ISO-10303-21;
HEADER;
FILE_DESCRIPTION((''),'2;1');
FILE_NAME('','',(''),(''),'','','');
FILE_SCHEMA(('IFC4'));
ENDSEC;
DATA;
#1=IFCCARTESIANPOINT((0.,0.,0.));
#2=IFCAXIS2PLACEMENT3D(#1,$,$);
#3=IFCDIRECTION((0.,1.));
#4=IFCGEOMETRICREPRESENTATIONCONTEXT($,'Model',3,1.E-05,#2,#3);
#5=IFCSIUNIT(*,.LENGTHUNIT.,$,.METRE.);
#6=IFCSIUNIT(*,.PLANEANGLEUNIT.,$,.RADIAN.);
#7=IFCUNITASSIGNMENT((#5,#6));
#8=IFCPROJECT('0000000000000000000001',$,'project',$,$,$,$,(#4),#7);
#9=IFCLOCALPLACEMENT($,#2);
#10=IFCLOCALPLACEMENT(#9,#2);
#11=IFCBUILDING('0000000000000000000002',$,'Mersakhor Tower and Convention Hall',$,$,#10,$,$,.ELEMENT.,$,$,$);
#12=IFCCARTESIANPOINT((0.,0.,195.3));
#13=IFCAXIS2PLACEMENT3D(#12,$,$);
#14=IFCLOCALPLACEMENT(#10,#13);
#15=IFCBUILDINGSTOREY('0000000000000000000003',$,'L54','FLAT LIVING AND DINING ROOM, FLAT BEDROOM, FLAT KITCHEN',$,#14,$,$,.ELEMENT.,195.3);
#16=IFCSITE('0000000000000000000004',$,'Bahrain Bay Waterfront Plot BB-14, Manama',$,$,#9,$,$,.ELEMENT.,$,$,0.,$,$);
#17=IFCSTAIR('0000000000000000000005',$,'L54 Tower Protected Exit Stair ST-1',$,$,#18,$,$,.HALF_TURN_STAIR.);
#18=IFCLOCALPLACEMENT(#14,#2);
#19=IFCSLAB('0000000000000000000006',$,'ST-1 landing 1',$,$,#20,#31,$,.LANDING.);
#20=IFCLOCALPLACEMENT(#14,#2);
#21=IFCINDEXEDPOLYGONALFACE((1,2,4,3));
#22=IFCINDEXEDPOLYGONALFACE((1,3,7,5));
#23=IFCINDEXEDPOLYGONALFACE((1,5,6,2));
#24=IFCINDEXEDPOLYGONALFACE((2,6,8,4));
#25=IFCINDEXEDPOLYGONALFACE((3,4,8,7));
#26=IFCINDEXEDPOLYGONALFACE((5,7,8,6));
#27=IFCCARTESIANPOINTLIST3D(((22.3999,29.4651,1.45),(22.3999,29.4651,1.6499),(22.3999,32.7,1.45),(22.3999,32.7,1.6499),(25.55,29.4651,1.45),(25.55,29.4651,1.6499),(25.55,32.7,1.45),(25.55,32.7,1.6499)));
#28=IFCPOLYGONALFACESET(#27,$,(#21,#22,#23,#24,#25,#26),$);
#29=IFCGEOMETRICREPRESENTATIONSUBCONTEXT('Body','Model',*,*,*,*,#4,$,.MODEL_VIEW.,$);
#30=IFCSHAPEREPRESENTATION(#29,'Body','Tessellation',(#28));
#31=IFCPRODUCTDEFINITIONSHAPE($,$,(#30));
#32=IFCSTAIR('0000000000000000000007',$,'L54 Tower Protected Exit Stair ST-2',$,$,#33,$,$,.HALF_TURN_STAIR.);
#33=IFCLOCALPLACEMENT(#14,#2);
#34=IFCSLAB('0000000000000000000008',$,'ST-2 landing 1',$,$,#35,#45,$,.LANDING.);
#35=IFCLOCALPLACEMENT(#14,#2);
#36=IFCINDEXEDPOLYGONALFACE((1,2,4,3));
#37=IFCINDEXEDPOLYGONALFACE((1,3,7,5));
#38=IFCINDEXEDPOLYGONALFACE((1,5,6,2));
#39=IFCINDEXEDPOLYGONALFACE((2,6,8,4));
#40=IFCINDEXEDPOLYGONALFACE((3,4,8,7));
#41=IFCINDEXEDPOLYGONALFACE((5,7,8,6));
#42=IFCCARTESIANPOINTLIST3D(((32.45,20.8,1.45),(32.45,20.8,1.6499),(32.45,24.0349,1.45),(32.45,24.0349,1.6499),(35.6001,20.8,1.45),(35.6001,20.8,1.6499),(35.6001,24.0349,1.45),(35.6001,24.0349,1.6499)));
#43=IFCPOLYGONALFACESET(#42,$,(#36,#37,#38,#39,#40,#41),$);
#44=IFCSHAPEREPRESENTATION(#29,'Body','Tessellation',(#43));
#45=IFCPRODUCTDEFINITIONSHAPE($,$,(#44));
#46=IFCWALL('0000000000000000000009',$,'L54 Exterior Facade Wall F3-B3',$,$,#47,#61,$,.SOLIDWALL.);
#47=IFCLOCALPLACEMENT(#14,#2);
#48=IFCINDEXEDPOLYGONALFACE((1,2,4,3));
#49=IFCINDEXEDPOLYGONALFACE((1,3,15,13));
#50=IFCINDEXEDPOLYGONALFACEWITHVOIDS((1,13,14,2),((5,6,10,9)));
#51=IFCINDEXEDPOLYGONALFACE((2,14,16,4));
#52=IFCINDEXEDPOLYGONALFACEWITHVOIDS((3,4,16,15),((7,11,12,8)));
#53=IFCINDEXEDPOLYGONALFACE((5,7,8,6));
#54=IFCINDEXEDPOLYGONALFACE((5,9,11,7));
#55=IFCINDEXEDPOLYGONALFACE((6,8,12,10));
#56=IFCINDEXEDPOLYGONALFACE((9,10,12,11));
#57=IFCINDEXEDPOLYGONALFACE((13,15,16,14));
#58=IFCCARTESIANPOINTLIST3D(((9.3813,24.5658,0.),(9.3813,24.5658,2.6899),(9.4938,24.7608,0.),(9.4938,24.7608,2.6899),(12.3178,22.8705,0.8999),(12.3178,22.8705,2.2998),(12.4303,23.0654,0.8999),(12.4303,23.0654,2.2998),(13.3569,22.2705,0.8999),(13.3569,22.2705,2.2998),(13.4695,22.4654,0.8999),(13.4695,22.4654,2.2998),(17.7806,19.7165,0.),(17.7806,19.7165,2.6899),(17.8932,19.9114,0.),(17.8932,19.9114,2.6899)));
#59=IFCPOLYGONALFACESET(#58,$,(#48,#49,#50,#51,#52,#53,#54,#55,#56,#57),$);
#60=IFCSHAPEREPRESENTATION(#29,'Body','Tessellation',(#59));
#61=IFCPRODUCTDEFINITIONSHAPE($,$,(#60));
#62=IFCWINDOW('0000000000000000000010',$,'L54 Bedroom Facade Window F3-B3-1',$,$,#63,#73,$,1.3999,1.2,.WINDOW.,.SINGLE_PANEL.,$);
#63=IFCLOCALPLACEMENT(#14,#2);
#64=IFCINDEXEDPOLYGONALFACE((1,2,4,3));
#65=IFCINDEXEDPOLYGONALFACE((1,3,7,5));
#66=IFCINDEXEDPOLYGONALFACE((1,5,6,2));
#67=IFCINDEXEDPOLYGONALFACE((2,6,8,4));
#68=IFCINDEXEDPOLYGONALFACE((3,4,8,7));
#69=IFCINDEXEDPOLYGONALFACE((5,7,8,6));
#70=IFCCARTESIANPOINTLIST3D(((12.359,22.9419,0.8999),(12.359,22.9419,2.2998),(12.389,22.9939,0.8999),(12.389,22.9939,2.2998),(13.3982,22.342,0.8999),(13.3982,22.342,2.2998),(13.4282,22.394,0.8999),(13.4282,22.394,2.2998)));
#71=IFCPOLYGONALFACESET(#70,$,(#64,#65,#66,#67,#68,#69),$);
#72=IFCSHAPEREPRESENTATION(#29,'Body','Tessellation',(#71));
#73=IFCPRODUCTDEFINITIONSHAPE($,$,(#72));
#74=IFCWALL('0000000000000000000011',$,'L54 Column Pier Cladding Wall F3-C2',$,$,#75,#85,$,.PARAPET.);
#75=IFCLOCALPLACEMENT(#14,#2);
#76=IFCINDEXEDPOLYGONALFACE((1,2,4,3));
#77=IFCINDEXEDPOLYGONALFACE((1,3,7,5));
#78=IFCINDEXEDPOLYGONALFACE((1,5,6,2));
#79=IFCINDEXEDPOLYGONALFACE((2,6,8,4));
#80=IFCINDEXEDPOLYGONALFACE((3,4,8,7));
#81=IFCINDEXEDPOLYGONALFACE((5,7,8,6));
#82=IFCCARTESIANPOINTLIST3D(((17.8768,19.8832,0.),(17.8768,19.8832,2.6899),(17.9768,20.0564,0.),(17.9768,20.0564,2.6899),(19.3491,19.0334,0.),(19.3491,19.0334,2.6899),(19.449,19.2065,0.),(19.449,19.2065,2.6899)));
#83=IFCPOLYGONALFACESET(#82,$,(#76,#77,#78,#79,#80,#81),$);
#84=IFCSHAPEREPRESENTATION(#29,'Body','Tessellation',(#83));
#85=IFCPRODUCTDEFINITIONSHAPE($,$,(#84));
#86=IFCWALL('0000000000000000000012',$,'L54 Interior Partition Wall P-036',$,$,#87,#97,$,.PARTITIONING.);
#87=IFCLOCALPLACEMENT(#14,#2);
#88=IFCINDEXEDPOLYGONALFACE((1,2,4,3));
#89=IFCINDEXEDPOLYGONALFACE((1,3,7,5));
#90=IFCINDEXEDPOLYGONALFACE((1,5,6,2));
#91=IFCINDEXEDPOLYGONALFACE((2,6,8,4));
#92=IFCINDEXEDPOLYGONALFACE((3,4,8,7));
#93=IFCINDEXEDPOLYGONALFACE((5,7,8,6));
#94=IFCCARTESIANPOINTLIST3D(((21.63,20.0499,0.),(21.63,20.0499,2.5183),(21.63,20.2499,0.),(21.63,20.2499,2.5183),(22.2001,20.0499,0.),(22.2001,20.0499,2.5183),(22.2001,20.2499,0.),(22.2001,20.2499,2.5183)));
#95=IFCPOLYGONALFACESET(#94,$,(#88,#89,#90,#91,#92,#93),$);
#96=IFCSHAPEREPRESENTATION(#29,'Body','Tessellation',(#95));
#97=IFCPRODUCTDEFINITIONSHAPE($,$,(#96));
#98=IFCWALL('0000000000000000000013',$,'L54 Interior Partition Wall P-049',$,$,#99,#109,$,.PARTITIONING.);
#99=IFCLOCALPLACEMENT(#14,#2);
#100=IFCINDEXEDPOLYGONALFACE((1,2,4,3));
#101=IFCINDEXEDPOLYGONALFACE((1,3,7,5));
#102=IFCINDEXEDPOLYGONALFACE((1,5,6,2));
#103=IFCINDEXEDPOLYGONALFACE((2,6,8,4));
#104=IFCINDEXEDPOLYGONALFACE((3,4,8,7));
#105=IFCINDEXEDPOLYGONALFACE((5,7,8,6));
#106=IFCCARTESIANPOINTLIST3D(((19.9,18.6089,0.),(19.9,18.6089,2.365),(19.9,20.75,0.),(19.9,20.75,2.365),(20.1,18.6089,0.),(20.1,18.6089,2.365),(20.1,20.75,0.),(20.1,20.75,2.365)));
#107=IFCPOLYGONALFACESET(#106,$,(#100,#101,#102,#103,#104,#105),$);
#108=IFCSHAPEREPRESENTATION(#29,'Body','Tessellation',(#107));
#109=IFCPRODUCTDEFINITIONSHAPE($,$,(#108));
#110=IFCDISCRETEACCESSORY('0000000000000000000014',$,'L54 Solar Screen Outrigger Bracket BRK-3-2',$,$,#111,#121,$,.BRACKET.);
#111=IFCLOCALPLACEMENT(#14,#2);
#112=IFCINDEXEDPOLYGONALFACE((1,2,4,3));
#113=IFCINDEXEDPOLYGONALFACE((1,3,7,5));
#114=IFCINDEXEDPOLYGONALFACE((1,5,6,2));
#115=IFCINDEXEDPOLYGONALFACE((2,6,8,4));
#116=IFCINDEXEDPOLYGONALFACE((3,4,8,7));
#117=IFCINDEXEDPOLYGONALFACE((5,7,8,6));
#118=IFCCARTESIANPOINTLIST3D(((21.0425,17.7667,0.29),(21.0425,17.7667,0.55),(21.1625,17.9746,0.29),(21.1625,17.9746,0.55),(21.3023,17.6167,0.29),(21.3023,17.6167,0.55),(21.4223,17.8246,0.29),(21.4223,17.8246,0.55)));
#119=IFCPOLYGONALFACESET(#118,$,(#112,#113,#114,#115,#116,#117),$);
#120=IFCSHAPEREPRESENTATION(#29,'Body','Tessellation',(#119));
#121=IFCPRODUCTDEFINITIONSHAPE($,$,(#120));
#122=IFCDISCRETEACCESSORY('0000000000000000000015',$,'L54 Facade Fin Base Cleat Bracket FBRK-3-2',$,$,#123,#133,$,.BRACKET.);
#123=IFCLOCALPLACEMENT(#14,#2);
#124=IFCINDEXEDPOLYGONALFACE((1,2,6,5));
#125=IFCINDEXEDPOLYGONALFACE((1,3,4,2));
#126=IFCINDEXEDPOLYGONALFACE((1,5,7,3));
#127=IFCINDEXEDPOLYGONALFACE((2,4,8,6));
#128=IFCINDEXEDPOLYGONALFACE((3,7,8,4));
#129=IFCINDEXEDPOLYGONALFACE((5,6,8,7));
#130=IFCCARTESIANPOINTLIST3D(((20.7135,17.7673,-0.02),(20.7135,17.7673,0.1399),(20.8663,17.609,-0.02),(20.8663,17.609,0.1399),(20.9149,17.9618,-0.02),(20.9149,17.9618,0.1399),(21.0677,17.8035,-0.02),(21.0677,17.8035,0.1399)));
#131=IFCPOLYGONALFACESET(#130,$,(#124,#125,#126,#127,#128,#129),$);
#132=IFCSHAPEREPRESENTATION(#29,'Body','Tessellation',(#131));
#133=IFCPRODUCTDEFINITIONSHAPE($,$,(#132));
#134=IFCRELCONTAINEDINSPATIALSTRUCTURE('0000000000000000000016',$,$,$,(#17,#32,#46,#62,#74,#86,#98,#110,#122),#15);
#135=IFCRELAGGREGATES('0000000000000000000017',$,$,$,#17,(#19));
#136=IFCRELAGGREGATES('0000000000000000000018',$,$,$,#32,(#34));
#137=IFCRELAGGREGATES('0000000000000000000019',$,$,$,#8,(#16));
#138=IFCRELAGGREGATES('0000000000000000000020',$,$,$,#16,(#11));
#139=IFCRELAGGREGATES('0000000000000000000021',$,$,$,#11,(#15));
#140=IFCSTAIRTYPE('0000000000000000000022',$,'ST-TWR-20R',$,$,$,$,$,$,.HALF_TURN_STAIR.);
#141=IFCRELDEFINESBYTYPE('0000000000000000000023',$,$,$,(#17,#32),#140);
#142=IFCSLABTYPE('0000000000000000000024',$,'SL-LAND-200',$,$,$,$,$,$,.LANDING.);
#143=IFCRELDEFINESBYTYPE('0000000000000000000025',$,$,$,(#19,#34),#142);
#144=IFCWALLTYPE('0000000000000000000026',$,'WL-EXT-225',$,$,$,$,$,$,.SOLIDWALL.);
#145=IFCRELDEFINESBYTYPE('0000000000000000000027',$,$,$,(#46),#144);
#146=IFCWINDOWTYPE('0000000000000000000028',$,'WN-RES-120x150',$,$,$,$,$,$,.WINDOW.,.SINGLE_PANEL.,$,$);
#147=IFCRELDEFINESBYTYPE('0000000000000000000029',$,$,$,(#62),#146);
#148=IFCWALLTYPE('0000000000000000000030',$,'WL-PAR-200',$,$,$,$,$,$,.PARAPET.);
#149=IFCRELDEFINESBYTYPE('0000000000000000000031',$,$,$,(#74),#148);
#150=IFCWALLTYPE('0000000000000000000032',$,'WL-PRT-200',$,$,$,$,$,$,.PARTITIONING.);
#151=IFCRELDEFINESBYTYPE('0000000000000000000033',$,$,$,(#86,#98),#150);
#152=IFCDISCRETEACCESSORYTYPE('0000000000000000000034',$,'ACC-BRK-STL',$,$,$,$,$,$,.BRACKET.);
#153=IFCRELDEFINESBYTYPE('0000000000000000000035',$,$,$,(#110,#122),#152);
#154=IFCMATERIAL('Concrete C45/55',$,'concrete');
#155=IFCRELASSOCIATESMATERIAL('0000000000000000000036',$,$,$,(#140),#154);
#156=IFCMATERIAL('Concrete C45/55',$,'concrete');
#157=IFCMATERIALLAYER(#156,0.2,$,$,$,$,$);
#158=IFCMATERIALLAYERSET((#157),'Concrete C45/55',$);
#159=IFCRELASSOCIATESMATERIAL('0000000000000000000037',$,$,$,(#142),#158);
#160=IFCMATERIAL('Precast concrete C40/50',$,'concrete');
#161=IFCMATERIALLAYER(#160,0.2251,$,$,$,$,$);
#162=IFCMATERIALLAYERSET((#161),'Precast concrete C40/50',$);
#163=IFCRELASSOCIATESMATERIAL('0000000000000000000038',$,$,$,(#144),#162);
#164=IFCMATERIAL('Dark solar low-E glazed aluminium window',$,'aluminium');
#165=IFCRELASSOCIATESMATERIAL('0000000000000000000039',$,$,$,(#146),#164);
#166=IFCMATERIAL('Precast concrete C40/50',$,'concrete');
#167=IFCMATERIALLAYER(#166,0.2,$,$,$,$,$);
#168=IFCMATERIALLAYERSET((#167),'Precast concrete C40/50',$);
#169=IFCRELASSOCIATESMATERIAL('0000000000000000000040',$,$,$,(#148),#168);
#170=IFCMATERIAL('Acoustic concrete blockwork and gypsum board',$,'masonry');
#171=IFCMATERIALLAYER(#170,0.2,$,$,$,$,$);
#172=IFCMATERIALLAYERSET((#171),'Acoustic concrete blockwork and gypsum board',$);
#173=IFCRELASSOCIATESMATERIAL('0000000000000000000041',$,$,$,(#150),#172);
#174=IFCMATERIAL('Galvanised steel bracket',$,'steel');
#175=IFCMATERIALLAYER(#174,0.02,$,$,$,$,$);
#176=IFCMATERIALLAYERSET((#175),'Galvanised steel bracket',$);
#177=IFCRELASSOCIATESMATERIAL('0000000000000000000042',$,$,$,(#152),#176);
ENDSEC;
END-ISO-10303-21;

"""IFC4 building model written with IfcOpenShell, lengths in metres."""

from ifc_helpers import new_model, si_unit, direction, frame, frame_2d, origin, origin_2d, place, context, subcontext, project, spatial, polyline, rectangle, outline, extrude, material, layer, layer_set, type_object, element, fill, aggregate, save


model = new_model("IFC4")

# Units and contexts
model_context = context("Model", 3, precision=1e-05, world=origin(), true_north=direction((0.0, 1.0)))
body_context = subcontext(model_context, "Body", "Model", "MODEL_VIEW")
ifc_project = project(units=[si_unit("LENGTHUNIT", "METRE"), si_unit("PLANEANGLEUNIT", "RADIAN")], contexts=[model_context])

# Site, building, storey
site_placement = place(None, origin())
site = spatial("IfcSite", under=ifc_project, at=site_placement, Name="Bahrain Bay Waterfront Plot BB-14, Manama", CompositionType="ELEMENT", RefElevation=0.0)
building_placement = place(site_placement, origin())
building = spatial("IfcBuilding", under=site, at=building_placement, Name="Mersakhor Tower and Convention Hall", CompositionType="ELEMENT")
storey_placement = place(building_placement, frame((0.0, 0.0, 195.3)))
storey = spatial("IfcBuildingStorey", under=building, at=storey_placement, Name="L54", Description="FLAT LIVING AND DINING ROOM, FLAT BEDROOM, FLAT KITCHEN", CompositionType="ELEMENT", Elevation=195.3)

# Stairs, slabs
ifc_material_1 = material(Name="Concrete C45/55", Category="concrete")
stair_type = type_object("IfcStairType", Name="ST-TWR-20R", PredefinedType="HALF_TURN_STAIR", material=ifc_material_1)
stair_1_placement = place(storey_placement, origin())
stair_1 = element("IfcStair", 1, at=stair_1_placement, inside=storey, type_object=stair_type, Name="L54 Tower Protected Exit Stair ST-1", PredefinedType="HALF_TURN_STAIR")
ifc_material_2 = material(Name="Concrete C45/55", Category="concrete")
ifc_layer_1 = layer(ifc_material_2, 0.2)
ifc_layer_set_1 = layer_set([ifc_layer_1], Name="Concrete C45/55")
slab_type_1 = type_object("IfcSlabType", Name="SL-LAND-200", PredefinedType="LANDING", material=ifc_layer_set_1)
slab_1_placement = place(storey_placement, frame((0.0, 0.0, 1.45)))
slab_1 = element("IfcSlab", 2, at=slab_1_placement, type_object=slab_type_1, Name="ST-1 landing 1", PredefinedType="LANDING", context=body_context, shape_type="SweptSolid", body=[
    extrude(outline(polyline([(25.55, 29.4651), (25.55, 32.7), (22.3999, 32.7), (22.3999, 29.4651), (25.55, 29.4651)])), origin(), (0.0, 0.0, 1.0), 0.2),
])
aggregate(stair_1, [slab_1])
stair_2_placement = place(storey_placement, origin())
stair_2 = element("IfcStair", 3, at=stair_2_placement, inside=storey, type_object=stair_type, Name="L54 Tower Protected Exit Stair ST-2", PredefinedType="HALF_TURN_STAIR")
slab_2_placement = place(storey_placement, frame((0.0, 0.0, 1.45)))
slab_2 = element("IfcSlab", 4, at=slab_2_placement, type_object=slab_type_1, Name="ST-2 landing 1", PredefinedType="LANDING", context=body_context, shape_type="SweptSolid", body=[
    extrude(outline(polyline([(32.45, 24.0349), (32.45, 20.8), (35.6001, 20.8), (35.6001, 24.0349), (32.45, 24.0349)])), origin(), (0.0, 0.0, 1.0), 0.2),
])
aggregate(stair_2, [slab_2])

# Wall, opening, window
ifc_material_3 = material(Name="Precast concrete C40/50", Category="concrete")
ifc_layer_2 = layer(ifc_material_3, 0.2251)
ifc_layer_set_2 = layer_set([ifc_layer_2], Name="Precast concrete C40/50")
wall_type_1 = type_object("IfcWallType", Name="WL-EXT-225", PredefinedType="SOLIDWALL", material=ifc_layer_set_2)
wall_1_placement = place(storey_placement, frame((17.8369, 19.814, 0.0), z_axis=(0.0, 0.0, 1.0), x_axis=(-0.866027, 0.499997, 0.0)))
wall_1 = element("IfcWall", 5, at=wall_1_placement, inside=storey, type_object=wall_type_1, Name="L54 Exterior Facade Wall F3-B3", PredefinedType="SOLIDWALL", context=body_context, shape_type="SweptSolid", body=[
    extrude(rectangle(XDim=9.6987, YDim=0.2251, at=frame_2d((4.8494, 0.0))), origin(), (0.0, 0.0, 1.0), 2.6899),
])
opening_placement = place(wall_1_placement, frame((5.1079, 0.0, 0.8999)))
opening = element("IfcOpeningElement", 6, at=opening_placement, cuts=wall_1, PredefinedType="OPENING", context=body_context, shape_type="SweptSolid", body=[
    extrude(rectangle(XDim=1.2, YDim=1.3999, at=frame_2d((0.6001, 0.7))), frame((0.0, 0.1226, 0.0), z_axis=(0.0, -1.0, 0.0), x_axis=(1.0, 0.0, 0.0)), (0.0, 0.0, 1.0), 0.2451),
])
ifc_material_4 = material(Name="Dark solar low-E glazed aluminium window", Category="aluminium")
window_type = type_object("IfcWindowType", Name="WN-RES-120x150", PartitioningType="SINGLE_PANEL", PredefinedType="WINDOW", material=ifc_material_4)
window_placement = place(opening_placement, origin())
window = element("IfcWindow", 7, at=window_placement, inside=storey, type_object=window_type, Name="L54 Bedroom Facade Window F3-B3-1", OverallHeight=1.3999, OverallWidth=1.2, PartitioningType="SINGLE_PANEL", PredefinedType="WINDOW", context=body_context, shape_type="SweptSolid", body=[
    extrude(rectangle(XDim=1.2, YDim=1.3999, at=frame_2d((0.6001, 0.7))), frame((0.0, 0.03, 0.0), z_axis=(0.0, -1.0, 0.0), x_axis=(1.0, 0.0, 0.0)), (0.0, 0.0, 1.0), 0.0601),
])
fill(opening, window)

# Walls
ifc_material_5 = material(Name="Precast concrete C40/50", Category="concrete")
ifc_layer_3 = layer(ifc_material_5, 0.2)
ifc_layer_set_3 = layer_set([ifc_layer_3], Name="Precast concrete C40/50")
wall_type_2 = type_object("IfcWallType", Name="WL-PAR-200", PredefinedType="PARAPET", material=ifc_layer_set_3)
wall_2_placement = place(storey_placement, frame((19.3992, 19.1199, 0.0), z_axis=(0.0, 0.0, 1.0), x_axis=(-0.866052, 0.499955, 0.0)))
element("IfcWall", 8, at=wall_2_placement, inside=storey, type_object=wall_type_2, Name="L54 Column Pier Cladding Wall F3-C2", PredefinedType="PARAPET", context=body_context, shape_type="SweptSolid", body=[
    extrude(rectangle(XDim=1.7, YDim=0.2, at=frame_2d((0.8501, 0.0))), origin(), (0.0, 0.0, 1.0), 2.6899),
])
ifc_material_6 = material(Name="Acoustic concrete blockwork and gypsum board", Category="masonry")
ifc_layer_4 = layer(ifc_material_6, 0.2)
ifc_layer_set_4 = layer_set([ifc_layer_4], Name="Acoustic concrete blockwork and gypsum board")
wall_type_3 = type_object("IfcWallType", Name="WL-PRT-200", PredefinedType="PARTITIONING", material=ifc_layer_set_4)
wall_3_placement = place(storey_placement, frame((21.6299, 20.1499, 0.0), z_axis=(0.0, 0.0, 1.0), x_axis=(1.0, 0.0, 0.0)))
element("IfcWall", 9, at=wall_3_placement, inside=storey, type_object=wall_type_3, Name="L54 Interior Partition Wall P-036", PredefinedType="PARTITIONING", context=body_context, shape_type="SweptSolid", body=[
    extrude(rectangle(XDim=0.5701, YDim=0.2, at=frame_2d((0.2852, 0.0))), origin(), (0.0, 0.0, 1.0), 2.5183),
])
wall_4_placement = place(storey_placement, frame((20.0, 18.6089, 0.0), z_axis=(0.0, 0.0, 1.0), x_axis=(0.0, 1.0, 0.0)))
element("IfcWall", 10, at=wall_4_placement, inside=storey, type_object=wall_type_3, Name="L54 Interior Partition Wall P-049", PredefinedType="PARTITIONING", context=body_context, shape_type="SweptSolid", body=[
    extrude(rectangle(XDim=2.1411, YDim=0.2, at=frame_2d((1.0706, 0.0))), origin(), (0.0, 0.0, 1.0), 2.365),
])

# Discrete accessories
ifc_material_7 = material(Name="Galvanised steel bracket", Category="steel")
ifc_layer_5 = layer(ifc_material_7, 0.02)
ifc_layer_set_5 = layer_set([ifc_layer_5], Name="Galvanised steel bracket")
discrete_accessory_type = type_object("IfcDiscreteAccessoryType", Name="ACC-BRK-STL", PredefinedType="BRACKET", material=ifc_layer_set_5)
discrete_accessory_1_placement = place(storey_placement, frame((21.2324, 17.7957, 0.29), z_axis=(0.0, 0.0, 1.0), x_axis=(-0.866025, 0.5, 0.0)))
element("IfcDiscreteAccessory", 11, at=discrete_accessory_1_placement, inside=storey, type_object=discrete_accessory_type, Name="L54 Solar Screen Outrigger Bracket BRK-3-2", PredefinedType="BRACKET", context=body_context, shape_type="SweptSolid", body=[
    extrude(rectangle(XDim=0.3, YDim=0.24, at=origin_2d()), origin(), (0.0, 0.0, 1.0), 0.26),
])
discrete_accessory_2_placement = place(storey_placement, frame((20.8906, 17.7854, -0.02), z_axis=(0.0, 0.0, 1.0), x_axis=(-0.71934, -0.694658, 0.0)))
element("IfcDiscreteAccessory", 12, at=discrete_accessory_2_placement, inside=storey, type_object=discrete_accessory_type, Name="L54 Facade Fin Base Cleat Bracket FBRK-3-2", PredefinedType="BRACKET", context=body_context, shape_type="SweptSolid", body=[
    extrude(rectangle(XDim=0.28, YDim=0.22, at=origin_2d()), origin(), (0.0, 0.0, 1.0), 0.1599),
])

save(model, "model.ifc")
